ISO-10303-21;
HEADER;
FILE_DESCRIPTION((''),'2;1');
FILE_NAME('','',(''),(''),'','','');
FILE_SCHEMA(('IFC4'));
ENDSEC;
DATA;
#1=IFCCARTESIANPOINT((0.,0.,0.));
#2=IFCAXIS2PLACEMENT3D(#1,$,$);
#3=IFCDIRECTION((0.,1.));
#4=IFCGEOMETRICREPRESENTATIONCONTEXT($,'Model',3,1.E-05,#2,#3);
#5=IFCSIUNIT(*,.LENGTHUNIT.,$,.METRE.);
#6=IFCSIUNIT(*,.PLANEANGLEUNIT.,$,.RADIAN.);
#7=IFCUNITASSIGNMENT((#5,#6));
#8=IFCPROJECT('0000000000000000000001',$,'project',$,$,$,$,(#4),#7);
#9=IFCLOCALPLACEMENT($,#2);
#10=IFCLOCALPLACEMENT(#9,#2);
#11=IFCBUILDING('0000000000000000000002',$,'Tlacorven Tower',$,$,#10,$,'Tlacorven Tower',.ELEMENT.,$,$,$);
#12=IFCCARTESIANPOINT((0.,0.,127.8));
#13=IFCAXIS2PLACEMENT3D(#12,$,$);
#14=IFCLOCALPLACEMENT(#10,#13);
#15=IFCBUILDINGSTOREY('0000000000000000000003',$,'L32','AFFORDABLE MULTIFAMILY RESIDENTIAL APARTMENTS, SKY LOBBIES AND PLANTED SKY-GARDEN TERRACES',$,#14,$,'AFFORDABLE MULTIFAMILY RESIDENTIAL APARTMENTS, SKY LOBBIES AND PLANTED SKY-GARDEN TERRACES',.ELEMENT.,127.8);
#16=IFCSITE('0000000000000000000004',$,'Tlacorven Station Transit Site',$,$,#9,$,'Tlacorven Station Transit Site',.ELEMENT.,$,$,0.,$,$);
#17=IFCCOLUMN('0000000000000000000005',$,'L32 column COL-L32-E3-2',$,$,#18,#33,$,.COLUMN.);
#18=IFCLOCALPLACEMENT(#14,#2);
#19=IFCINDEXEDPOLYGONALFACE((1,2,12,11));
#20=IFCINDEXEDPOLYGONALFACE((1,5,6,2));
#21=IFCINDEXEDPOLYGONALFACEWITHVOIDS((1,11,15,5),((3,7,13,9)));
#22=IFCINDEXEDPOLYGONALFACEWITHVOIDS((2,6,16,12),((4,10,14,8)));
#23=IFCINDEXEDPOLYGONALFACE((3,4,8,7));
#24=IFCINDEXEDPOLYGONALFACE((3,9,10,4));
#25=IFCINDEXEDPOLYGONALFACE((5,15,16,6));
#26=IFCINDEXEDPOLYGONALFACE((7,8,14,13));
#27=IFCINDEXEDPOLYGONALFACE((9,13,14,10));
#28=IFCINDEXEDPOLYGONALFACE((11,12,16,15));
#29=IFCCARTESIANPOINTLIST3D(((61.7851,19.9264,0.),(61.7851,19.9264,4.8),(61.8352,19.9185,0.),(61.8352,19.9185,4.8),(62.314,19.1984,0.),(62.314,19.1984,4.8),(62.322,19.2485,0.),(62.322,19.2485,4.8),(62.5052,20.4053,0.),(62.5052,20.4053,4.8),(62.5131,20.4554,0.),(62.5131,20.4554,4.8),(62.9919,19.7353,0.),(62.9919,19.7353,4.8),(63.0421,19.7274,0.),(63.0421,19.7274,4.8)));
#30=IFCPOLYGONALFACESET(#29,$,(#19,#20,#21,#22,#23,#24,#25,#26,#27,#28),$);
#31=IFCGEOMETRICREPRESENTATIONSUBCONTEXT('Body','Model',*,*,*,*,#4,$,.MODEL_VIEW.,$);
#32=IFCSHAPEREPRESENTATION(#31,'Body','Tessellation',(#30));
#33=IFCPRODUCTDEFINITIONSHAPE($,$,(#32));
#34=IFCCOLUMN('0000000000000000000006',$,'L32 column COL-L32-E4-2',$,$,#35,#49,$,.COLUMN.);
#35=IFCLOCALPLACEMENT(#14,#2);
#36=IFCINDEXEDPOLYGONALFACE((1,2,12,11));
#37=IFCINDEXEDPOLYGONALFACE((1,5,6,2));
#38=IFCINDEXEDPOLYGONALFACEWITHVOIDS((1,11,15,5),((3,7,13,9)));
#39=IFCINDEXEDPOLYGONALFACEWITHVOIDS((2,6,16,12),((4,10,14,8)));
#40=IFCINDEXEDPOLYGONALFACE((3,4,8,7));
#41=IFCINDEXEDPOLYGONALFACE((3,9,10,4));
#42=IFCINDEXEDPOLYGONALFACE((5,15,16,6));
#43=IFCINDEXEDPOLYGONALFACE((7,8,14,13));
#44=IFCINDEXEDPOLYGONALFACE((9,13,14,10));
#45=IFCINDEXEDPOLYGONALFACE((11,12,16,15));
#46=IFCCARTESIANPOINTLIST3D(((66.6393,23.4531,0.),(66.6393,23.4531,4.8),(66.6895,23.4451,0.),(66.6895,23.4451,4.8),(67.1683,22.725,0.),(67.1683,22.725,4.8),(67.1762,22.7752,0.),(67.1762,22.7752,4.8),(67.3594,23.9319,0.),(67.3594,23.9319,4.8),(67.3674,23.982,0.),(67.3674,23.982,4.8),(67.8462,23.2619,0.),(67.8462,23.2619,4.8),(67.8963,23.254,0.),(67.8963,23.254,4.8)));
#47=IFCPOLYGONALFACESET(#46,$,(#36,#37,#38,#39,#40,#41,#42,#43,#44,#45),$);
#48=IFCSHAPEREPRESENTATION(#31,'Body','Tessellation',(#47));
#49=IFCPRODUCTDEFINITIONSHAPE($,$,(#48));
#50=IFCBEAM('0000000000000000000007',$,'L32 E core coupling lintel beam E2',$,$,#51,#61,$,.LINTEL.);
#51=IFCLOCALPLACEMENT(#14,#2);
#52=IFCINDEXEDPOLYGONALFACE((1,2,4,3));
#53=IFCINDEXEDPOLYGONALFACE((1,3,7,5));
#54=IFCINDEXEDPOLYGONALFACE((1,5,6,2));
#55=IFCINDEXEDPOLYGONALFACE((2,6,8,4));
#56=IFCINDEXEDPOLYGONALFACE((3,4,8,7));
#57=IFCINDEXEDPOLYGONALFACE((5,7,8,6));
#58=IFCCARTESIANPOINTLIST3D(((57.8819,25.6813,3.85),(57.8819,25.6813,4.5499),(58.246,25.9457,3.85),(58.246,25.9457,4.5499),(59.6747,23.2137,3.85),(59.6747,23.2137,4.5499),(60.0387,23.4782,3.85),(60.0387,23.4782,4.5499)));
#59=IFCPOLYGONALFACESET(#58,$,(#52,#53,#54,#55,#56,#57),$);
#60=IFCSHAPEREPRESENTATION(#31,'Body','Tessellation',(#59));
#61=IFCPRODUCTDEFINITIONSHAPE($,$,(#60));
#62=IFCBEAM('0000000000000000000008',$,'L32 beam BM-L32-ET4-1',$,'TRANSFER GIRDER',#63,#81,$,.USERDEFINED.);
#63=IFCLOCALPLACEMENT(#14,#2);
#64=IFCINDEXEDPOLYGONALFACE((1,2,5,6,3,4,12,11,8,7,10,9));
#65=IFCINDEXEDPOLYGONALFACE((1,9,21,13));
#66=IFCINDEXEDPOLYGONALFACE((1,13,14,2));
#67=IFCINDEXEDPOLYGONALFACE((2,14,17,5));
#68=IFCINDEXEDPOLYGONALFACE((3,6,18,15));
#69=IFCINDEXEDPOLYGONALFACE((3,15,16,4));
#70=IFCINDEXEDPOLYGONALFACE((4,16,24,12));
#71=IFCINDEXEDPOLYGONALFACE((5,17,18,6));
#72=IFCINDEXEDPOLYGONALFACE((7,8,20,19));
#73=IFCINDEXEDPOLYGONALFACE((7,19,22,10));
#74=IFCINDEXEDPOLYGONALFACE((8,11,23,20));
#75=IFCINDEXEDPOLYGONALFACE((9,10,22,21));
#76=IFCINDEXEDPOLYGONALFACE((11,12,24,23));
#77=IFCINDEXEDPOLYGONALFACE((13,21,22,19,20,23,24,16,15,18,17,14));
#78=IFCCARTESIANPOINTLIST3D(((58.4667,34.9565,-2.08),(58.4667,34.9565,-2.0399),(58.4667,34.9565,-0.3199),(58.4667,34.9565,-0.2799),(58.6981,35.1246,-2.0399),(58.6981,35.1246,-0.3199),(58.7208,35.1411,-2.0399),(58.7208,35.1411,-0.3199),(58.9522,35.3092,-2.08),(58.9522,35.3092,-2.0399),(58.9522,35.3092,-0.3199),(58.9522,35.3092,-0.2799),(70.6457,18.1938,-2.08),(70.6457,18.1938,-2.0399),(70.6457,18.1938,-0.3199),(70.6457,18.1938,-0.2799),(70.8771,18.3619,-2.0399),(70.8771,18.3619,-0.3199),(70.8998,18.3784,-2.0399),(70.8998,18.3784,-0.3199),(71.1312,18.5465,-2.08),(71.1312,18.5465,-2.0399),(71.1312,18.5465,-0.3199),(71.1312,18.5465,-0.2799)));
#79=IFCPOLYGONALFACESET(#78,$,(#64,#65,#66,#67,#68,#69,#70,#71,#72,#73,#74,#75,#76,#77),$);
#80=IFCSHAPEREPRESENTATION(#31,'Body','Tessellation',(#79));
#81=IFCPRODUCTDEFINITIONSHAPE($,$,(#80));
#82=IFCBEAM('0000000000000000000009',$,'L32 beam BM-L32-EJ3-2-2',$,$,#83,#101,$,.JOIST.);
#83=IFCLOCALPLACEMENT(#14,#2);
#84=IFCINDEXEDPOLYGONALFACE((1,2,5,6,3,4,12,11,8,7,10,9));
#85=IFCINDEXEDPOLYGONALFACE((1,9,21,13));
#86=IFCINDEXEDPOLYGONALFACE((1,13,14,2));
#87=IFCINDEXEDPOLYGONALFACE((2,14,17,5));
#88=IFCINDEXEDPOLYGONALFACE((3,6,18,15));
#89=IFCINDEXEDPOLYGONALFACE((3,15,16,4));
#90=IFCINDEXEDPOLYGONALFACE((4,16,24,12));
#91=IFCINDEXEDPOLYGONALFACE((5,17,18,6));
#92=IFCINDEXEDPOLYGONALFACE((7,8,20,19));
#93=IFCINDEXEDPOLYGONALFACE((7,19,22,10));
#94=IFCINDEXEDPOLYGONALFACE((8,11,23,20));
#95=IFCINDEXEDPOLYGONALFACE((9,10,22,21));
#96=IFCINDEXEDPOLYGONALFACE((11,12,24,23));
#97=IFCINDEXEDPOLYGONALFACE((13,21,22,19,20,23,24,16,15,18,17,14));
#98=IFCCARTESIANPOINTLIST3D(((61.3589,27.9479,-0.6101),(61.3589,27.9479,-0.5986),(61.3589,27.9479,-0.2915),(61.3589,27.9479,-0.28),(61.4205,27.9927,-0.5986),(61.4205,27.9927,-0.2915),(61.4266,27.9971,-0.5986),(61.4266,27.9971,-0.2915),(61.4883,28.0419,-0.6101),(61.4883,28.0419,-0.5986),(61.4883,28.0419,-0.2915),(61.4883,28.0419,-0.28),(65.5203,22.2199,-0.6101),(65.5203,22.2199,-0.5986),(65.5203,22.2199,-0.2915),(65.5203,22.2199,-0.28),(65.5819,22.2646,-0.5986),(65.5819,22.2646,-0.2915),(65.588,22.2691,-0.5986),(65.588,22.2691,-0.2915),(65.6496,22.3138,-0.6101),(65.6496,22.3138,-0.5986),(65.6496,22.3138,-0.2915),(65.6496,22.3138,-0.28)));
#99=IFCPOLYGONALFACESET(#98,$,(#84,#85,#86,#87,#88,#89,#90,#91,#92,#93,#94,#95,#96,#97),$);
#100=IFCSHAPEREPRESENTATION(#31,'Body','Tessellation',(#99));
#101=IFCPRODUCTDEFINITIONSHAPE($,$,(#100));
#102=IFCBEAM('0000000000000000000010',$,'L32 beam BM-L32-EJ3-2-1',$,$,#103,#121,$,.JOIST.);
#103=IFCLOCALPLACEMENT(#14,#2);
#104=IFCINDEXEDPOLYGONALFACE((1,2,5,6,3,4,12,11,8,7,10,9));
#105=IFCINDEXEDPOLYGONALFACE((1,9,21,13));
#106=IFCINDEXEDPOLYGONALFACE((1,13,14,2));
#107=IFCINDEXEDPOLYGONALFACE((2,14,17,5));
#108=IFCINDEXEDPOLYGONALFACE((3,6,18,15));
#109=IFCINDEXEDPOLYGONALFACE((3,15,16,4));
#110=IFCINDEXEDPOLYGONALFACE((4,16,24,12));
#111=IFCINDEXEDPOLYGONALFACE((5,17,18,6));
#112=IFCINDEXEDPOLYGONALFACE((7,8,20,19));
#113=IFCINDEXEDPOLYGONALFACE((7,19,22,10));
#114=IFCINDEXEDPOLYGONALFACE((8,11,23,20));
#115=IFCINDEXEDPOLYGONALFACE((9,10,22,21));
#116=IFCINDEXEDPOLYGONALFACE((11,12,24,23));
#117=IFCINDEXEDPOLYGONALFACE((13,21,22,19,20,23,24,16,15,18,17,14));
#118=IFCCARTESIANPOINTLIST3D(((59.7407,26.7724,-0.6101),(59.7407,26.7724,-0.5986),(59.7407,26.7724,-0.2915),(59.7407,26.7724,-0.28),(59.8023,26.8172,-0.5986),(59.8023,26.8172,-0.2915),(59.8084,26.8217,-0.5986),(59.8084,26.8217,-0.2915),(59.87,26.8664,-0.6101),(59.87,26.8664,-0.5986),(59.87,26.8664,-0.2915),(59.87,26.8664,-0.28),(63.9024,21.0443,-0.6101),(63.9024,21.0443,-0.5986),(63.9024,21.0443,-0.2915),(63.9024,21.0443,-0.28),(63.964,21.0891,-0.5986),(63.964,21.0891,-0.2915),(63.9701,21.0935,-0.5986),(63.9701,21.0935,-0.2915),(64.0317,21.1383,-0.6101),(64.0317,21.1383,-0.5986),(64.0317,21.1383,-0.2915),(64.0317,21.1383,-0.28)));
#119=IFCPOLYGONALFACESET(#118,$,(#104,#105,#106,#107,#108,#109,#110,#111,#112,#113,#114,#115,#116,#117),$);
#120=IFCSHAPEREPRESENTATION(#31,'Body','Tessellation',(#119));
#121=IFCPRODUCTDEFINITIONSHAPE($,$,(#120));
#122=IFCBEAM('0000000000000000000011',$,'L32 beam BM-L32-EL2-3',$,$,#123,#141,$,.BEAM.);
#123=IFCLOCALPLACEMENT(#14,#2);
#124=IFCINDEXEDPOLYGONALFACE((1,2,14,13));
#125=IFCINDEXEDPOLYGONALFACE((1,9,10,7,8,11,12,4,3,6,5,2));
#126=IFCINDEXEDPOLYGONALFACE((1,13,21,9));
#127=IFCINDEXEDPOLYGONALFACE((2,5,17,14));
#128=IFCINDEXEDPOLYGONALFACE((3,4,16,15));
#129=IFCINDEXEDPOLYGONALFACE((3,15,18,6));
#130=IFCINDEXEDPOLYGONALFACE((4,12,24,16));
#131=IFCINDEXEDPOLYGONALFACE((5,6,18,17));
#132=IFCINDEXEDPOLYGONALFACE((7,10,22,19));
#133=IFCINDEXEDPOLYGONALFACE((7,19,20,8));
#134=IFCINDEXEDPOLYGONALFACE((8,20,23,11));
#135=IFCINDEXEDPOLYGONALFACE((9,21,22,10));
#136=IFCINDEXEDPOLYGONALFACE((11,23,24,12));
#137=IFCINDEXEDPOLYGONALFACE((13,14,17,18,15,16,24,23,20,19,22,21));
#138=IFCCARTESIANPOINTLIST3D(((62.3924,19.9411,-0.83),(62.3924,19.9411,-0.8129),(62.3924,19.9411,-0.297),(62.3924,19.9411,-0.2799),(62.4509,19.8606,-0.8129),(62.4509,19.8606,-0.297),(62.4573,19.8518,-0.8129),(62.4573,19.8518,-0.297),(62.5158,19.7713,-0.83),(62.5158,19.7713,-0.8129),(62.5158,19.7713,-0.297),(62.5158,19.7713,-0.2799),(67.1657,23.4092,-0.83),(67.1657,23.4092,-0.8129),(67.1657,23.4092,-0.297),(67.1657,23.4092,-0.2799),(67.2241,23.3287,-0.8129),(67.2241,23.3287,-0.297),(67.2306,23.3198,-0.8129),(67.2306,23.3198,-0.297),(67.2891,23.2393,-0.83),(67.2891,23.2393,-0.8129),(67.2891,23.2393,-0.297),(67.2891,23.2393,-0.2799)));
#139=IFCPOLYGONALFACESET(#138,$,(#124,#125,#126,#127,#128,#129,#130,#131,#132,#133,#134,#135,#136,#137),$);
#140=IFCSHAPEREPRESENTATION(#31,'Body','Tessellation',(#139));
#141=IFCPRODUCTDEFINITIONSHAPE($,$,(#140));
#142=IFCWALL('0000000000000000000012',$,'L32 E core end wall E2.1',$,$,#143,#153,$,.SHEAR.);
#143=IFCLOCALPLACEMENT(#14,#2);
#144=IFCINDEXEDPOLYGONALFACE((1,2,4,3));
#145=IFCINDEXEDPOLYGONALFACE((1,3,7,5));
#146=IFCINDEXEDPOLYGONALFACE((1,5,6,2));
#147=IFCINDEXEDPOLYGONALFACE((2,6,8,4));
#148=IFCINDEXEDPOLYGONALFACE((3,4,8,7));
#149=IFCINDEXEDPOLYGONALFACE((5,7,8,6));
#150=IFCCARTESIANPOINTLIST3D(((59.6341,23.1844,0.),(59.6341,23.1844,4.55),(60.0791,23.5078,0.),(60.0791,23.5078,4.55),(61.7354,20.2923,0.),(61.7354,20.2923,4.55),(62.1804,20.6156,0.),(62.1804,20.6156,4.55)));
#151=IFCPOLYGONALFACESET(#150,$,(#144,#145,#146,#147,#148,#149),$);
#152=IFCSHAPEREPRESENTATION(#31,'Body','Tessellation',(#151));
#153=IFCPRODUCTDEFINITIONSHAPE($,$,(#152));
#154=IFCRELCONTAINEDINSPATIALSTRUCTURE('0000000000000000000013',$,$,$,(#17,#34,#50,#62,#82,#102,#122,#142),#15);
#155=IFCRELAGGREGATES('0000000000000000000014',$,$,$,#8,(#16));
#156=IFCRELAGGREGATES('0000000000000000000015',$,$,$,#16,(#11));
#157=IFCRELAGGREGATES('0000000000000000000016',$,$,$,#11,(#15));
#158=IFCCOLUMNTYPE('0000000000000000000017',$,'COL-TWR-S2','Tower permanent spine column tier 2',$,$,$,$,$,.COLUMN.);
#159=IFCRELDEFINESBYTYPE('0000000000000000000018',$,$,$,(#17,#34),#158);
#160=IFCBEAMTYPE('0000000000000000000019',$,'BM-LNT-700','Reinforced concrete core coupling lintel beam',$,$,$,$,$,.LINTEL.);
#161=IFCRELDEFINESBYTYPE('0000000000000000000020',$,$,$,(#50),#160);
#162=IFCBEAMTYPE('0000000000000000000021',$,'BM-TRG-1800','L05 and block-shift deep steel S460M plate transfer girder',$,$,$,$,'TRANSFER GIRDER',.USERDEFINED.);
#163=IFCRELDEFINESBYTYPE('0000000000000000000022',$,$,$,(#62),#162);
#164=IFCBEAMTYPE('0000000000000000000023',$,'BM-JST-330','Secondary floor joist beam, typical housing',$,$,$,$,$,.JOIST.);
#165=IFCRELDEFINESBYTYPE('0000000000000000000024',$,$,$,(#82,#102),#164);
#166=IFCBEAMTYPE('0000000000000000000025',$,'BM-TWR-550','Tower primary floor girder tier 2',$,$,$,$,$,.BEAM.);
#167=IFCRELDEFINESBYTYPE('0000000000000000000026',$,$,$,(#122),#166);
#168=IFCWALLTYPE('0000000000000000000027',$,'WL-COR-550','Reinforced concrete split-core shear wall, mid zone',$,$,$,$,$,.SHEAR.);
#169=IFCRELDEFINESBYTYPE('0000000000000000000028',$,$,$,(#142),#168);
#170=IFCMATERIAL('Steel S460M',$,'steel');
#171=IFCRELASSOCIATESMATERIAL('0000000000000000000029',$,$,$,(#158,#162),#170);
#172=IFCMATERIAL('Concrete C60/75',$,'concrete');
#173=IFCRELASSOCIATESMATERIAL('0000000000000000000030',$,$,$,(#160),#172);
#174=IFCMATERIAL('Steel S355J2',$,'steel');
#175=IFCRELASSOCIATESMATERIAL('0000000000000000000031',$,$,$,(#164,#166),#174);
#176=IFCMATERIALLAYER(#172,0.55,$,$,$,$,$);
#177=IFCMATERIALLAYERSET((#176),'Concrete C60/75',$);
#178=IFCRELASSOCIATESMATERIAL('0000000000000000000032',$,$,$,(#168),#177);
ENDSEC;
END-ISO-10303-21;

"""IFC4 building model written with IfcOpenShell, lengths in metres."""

from ifc_helpers import new_model, si_unit, direction, frame, frame_2d, origin, origin_2d, place, context, subcontext, project, spatial, rectangle, hollow_rectangle, i_section, extrude, source, transform, mapped, material, layer, layer_set, material_profile, profile_set, type_object, element, save


model = new_model("IFC4")

# Units and contexts
model_context = context("Model", 3, precision=1e-05, world=origin(), true_north=direction((0.0, 1.0)))
body_context = subcontext(model_context, "Body", "Model", "MODEL_VIEW")
ifc_project = project(units=[si_unit("LENGTHUNIT", "METRE"), si_unit("PLANEANGLEUNIT", "RADIAN")], contexts=[model_context])

# Site, building, storey
site_placement = place(None, origin())
site = spatial("IfcSite", under=ifc_project, at=site_placement, Name="Tlacorven Station Transit Site", LongName="Tlacorven Station Transit Site", CompositionType="ELEMENT", RefElevation=0.0)
building_placement = place(site_placement, origin())
building = spatial("IfcBuilding", under=site, at=building_placement, Name="Tlacorven Tower", LongName="Tlacorven Tower", CompositionType="ELEMENT")
storey_placement = place(building_placement, frame((0.0, 0.0, 127.8)))
storey = spatial("IfcBuildingStorey", under=building, at=storey_placement, Name="L32", Description="AFFORDABLE MULTIFAMILY RESIDENTIAL APARTMENTS, SKY LOBBIES AND PLANTED SKY-GARDEN TERRACES", LongName="AFFORDABLE MULTIFAMILY RESIDENTIAL APARTMENTS, SKY LOBBIES AND PLANTED SKY-GARDEN TERRACES", CompositionType="ELEMENT", Elevation=127.8)

# Columns
ifc_material_1 = material(Name="Steel S460M", Category="steel")
ifc_material_profile_1 = material_profile(ifc_material_1, hollow_rectangle(XDim=0.8999, YDim=0.8999, WallThickness=0.0359, at=origin_2d()), Name="BOX 900X900X36")
ifc_profile_set_1 = profile_set([ifc_material_profile_1], Name="Steel S460M")
column_type = type_object("IfcColumnType", Name="COL-TWR-S2", Description="Tower permanent spine column tier 2", PredefinedType="COLUMN", material=ifc_profile_set_1)
shared_shape_1 = source(origin(), body_context, "Body", "SweptSolid", [
    extrude(hollow_rectangle(XDim=0.8999, YDim=0.8999, WallThickness=0.0359, at=origin_2d()), origin(), (0.0, 0.0, 1.0), 4.8),
])
for number, where, z_axis, x_axis, name in (
    (1, (62.4136, 19.8269, 0.0), (0.0, 0.0, 1.0), (0.809017, 0.587785, 0.0), "L32 column COL-L32-E3-2"),
    (2, (67.2678, 23.3535, 0.0), (0.0, 0.0, 1.0), (0.809017, 0.587785, 0.0), "L32 column COL-L32-E4-2"),
):
    element("IfcColumn", number, at=place(storey_placement, frame(where, z_axis=z_axis, x_axis=x_axis)), inside=storey, type_object=column_type, Name=name, PredefinedType="COLUMN", context=body_context, shape_type="MappedRepresentation", body=[
        mapped(shared_shape_1, transform((0.0, 0.0, 0.0), scale=1.0)),
    ])

# Beams
ifc_material_2 = material(Name="Concrete C60/75", Category="concrete")
ifc_material_profile_2 = material_profile(ifc_material_2, rectangle(XDim=0.45, YDim=0.7, at=origin_2d()), Name="RC 450X700")
ifc_profile_set_2 = profile_set([ifc_material_profile_2], Name="Concrete C60/75")
beam_type_1 = type_object("IfcBeamType", Name="BM-LNT-700", Description="Reinforced concrete core coupling lintel beam", PredefinedType="LINTEL", material=ifc_profile_set_2)
shared_shape_2 = source(origin(), body_context, "Body", "SweptSolid", [
    extrude(rectangle(XDim=0.45, YDim=0.7, at=origin_2d()), origin(), (0.0, 0.0, 1.0), 3.05),
])
beam_1_placement = place(storey_placement, frame((59.8567, 23.3459, 4.2), z_axis=(-0.587777, 0.809023, 0.0), x_axis=(-0.809023, -0.587777, 0.0)))
element("IfcBeam", 3, at=beam_1_placement, inside=storey, type_object=beam_type_1, Name="L32 E core coupling lintel beam E2", PredefinedType="LINTEL", context=body_context, shape_type="MappedRepresentation", body=[
    mapped(shared_shape_2, transform((0.0, 0.0, 0.0), scale=1.0)),
])
ifc_material_profile_3 = material_profile(ifc_material_1, i_section(OverallWidth=0.6001, OverallDepth=1.8, WebThickness=0.0281, FlangeThickness=0.04, at=origin_2d()), Name="PG 1800X600X28X40")
ifc_profile_set_3 = profile_set([ifc_material_profile_3], Name="Steel S460M")
beam_type_2 = type_object("IfcBeamType", Name="BM-TRG-1800", Description="L05 and block-shift deep steel S460M plate transfer girder", ElementType="TRANSFER GIRDER", PredefinedType="USERDEFINED", material=ifc_profile_set_3)
shared_shape_3 = source(origin(), body_context, "Body", "SweptSolid", [
    extrude(i_section(OverallWidth=0.6001, OverallDepth=1.8, WebThickness=0.0281, FlangeThickness=0.04, at=origin_2d()), origin(), (0.0, 0.0, 1.0), 20.72),
])
beam_2_placement = place(storey_placement, frame((70.8884, 18.3701, -1.1799), z_axis=(-0.58779, 0.809014, 0.0), x_axis=(-0.809014, -0.58779, 0.0)))
element("IfcBeam", 4, at=beam_2_placement, inside=storey, type_object=beam_type_2, Name="L32 beam BM-L32-ET4-1", ObjectType="TRANSFER GIRDER", PredefinedType="USERDEFINED", context=body_context, shape_type="MappedRepresentation", body=[
    mapped(shared_shape_3, transform((0.0, 0.0, 0.0), scale=1.0)),
])
ifc_material_3 = material(Name="Steel S355J2", Category="steel")
ifc_material_profile_4 = material_profile(ifc_material_3, i_section(OverallWidth=0.1599, OverallDepth=0.3301, WebThickness=0.0076, FlangeThickness=0.0115, at=origin_2d()), Name="IPE 330")
ifc_profile_set_4 = profile_set([ifc_material_profile_4], Name="Steel S355J2")
beam_type_3 = type_object("IfcBeamType", Name="BM-JST-330", Description="Secondary floor joist beam, typical housing", PredefinedType="JOIST", material=ifc_profile_set_4)
shared_shape_4 = source(origin(), body_context, "Body", "SweptSolid", [
    extrude(i_section(OverallWidth=0.1599, OverallDepth=0.3301, WebThickness=0.0076, FlangeThickness=0.0115, at=origin_2d()), origin(), (0.0, 0.0, 1.0), 7.0801),
])
beam_3_placement = place(storey_placement, frame((65.585, 22.2668, -0.4451), z_axis=(-0.58776, 0.809036, 0.0), x_axis=(-0.809036, -0.58776, 0.0)))
element("IfcBeam", 5, at=beam_3_placement, inside=storey, type_object=beam_type_3, Name="L32 beam BM-L32-EJ3-2-2", PredefinedType="JOIST", context=body_context, shape_type="MappedRepresentation", body=[
    mapped(shared_shape_4, transform((0.0, 0.0, 0.0), scale=1.0)),
])
shared_shape_5 = source(origin(), body_context, "Body", "SweptSolid", [
    extrude(i_section(OverallWidth=0.1599, OverallDepth=0.3301, WebThickness=0.0076, FlangeThickness=0.0115, at=origin_2d()), origin(), (0.0, 0.0, 1.0), 7.0803),
])
beam_4_placement = place(storey_placement, frame((63.967, 21.0913, -0.4451), z_axis=(-0.587782, 0.809019, 0.0), x_axis=(-0.809019, -0.587782, 0.0)))
element("IfcBeam", 6, at=beam_4_placement, inside=storey, type_object=beam_type_3, Name="L32 beam BM-L32-EJ3-2-1", PredefinedType="JOIST", context=body_context, shape_type="MappedRepresentation", body=[
    mapped(shared_shape_5, transform((0.0, 0.0, 0.0), scale=1.0)),
])
ifc_material_profile_5 = material_profile(ifc_material_3, i_section(OverallWidth=0.21, OverallDepth=0.55, WebThickness=0.011, FlangeThickness=0.0171, at=origin_2d()), Name="IPE 550")
ifc_profile_set_5 = profile_set([ifc_material_profile_5], Name="Steel S355J2")
beam_type_4 = type_object("IfcBeamType", Name="BM-TWR-550", Description="Tower primary floor girder tier 2", PredefinedType="BEAM", material=ifc_profile_set_5)
shared_shape_6 = source(origin(), body_context, "Body", "SweptSolid", [
    extrude(i_section(OverallWidth=0.21, OverallDepth=0.55, WebThickness=0.011, FlangeThickness=0.0171, at=origin_2d()), origin(), (0.0, 0.0, 1.0), 5.9001),
])
beam_5_placement = place(storey_placement, frame((62.4541, 19.8562, -0.5549), z_axis=(0.80901, 0.587795, 0.0), x_axis=(-0.587795, 0.80901, 0.0)))
element("IfcBeam", 7, at=beam_5_placement, inside=storey, type_object=beam_type_4, Name="L32 beam BM-L32-EL2-3", PredefinedType="BEAM", context=body_context, shape_type="MappedRepresentation", body=[
    mapped(shared_shape_6, transform((0.0, 0.0, 0.0), scale=1.0)),
])

# Wall
ifc_layer_1 = layer(ifc_material_2, 0.55)
ifc_layer_set_1 = layer_set([ifc_layer_1], Name="Concrete C60/75")
wall_type_1 = type_object("IfcWallType", Name="WL-COR-550", Description="Reinforced concrete split-core shear wall, mid zone", PredefinedType="SHEAR", material=ifc_layer_set_1)
wall_1_placement = place(storey_placement, frame((61.958, 20.4539, 0.0), z_axis=(0.0, 0.0, 1.0), x_axis=(-0.587802, 0.809005, 0.0)))
element("IfcWall", 8, at=wall_1_placement, inside=storey, type_object=wall_type_1, Name="L32 E core end wall E2.1", PredefinedType="SHEAR", context=body_context, shape_type="SweptSolid", body=[
    extrude(rectangle(XDim=3.575, YDim=0.55, at=frame_2d((1.7876, 0.0))), origin(), (0.0, 0.0, 1.0), 4.55),
])

save(model, "model.ifc")
